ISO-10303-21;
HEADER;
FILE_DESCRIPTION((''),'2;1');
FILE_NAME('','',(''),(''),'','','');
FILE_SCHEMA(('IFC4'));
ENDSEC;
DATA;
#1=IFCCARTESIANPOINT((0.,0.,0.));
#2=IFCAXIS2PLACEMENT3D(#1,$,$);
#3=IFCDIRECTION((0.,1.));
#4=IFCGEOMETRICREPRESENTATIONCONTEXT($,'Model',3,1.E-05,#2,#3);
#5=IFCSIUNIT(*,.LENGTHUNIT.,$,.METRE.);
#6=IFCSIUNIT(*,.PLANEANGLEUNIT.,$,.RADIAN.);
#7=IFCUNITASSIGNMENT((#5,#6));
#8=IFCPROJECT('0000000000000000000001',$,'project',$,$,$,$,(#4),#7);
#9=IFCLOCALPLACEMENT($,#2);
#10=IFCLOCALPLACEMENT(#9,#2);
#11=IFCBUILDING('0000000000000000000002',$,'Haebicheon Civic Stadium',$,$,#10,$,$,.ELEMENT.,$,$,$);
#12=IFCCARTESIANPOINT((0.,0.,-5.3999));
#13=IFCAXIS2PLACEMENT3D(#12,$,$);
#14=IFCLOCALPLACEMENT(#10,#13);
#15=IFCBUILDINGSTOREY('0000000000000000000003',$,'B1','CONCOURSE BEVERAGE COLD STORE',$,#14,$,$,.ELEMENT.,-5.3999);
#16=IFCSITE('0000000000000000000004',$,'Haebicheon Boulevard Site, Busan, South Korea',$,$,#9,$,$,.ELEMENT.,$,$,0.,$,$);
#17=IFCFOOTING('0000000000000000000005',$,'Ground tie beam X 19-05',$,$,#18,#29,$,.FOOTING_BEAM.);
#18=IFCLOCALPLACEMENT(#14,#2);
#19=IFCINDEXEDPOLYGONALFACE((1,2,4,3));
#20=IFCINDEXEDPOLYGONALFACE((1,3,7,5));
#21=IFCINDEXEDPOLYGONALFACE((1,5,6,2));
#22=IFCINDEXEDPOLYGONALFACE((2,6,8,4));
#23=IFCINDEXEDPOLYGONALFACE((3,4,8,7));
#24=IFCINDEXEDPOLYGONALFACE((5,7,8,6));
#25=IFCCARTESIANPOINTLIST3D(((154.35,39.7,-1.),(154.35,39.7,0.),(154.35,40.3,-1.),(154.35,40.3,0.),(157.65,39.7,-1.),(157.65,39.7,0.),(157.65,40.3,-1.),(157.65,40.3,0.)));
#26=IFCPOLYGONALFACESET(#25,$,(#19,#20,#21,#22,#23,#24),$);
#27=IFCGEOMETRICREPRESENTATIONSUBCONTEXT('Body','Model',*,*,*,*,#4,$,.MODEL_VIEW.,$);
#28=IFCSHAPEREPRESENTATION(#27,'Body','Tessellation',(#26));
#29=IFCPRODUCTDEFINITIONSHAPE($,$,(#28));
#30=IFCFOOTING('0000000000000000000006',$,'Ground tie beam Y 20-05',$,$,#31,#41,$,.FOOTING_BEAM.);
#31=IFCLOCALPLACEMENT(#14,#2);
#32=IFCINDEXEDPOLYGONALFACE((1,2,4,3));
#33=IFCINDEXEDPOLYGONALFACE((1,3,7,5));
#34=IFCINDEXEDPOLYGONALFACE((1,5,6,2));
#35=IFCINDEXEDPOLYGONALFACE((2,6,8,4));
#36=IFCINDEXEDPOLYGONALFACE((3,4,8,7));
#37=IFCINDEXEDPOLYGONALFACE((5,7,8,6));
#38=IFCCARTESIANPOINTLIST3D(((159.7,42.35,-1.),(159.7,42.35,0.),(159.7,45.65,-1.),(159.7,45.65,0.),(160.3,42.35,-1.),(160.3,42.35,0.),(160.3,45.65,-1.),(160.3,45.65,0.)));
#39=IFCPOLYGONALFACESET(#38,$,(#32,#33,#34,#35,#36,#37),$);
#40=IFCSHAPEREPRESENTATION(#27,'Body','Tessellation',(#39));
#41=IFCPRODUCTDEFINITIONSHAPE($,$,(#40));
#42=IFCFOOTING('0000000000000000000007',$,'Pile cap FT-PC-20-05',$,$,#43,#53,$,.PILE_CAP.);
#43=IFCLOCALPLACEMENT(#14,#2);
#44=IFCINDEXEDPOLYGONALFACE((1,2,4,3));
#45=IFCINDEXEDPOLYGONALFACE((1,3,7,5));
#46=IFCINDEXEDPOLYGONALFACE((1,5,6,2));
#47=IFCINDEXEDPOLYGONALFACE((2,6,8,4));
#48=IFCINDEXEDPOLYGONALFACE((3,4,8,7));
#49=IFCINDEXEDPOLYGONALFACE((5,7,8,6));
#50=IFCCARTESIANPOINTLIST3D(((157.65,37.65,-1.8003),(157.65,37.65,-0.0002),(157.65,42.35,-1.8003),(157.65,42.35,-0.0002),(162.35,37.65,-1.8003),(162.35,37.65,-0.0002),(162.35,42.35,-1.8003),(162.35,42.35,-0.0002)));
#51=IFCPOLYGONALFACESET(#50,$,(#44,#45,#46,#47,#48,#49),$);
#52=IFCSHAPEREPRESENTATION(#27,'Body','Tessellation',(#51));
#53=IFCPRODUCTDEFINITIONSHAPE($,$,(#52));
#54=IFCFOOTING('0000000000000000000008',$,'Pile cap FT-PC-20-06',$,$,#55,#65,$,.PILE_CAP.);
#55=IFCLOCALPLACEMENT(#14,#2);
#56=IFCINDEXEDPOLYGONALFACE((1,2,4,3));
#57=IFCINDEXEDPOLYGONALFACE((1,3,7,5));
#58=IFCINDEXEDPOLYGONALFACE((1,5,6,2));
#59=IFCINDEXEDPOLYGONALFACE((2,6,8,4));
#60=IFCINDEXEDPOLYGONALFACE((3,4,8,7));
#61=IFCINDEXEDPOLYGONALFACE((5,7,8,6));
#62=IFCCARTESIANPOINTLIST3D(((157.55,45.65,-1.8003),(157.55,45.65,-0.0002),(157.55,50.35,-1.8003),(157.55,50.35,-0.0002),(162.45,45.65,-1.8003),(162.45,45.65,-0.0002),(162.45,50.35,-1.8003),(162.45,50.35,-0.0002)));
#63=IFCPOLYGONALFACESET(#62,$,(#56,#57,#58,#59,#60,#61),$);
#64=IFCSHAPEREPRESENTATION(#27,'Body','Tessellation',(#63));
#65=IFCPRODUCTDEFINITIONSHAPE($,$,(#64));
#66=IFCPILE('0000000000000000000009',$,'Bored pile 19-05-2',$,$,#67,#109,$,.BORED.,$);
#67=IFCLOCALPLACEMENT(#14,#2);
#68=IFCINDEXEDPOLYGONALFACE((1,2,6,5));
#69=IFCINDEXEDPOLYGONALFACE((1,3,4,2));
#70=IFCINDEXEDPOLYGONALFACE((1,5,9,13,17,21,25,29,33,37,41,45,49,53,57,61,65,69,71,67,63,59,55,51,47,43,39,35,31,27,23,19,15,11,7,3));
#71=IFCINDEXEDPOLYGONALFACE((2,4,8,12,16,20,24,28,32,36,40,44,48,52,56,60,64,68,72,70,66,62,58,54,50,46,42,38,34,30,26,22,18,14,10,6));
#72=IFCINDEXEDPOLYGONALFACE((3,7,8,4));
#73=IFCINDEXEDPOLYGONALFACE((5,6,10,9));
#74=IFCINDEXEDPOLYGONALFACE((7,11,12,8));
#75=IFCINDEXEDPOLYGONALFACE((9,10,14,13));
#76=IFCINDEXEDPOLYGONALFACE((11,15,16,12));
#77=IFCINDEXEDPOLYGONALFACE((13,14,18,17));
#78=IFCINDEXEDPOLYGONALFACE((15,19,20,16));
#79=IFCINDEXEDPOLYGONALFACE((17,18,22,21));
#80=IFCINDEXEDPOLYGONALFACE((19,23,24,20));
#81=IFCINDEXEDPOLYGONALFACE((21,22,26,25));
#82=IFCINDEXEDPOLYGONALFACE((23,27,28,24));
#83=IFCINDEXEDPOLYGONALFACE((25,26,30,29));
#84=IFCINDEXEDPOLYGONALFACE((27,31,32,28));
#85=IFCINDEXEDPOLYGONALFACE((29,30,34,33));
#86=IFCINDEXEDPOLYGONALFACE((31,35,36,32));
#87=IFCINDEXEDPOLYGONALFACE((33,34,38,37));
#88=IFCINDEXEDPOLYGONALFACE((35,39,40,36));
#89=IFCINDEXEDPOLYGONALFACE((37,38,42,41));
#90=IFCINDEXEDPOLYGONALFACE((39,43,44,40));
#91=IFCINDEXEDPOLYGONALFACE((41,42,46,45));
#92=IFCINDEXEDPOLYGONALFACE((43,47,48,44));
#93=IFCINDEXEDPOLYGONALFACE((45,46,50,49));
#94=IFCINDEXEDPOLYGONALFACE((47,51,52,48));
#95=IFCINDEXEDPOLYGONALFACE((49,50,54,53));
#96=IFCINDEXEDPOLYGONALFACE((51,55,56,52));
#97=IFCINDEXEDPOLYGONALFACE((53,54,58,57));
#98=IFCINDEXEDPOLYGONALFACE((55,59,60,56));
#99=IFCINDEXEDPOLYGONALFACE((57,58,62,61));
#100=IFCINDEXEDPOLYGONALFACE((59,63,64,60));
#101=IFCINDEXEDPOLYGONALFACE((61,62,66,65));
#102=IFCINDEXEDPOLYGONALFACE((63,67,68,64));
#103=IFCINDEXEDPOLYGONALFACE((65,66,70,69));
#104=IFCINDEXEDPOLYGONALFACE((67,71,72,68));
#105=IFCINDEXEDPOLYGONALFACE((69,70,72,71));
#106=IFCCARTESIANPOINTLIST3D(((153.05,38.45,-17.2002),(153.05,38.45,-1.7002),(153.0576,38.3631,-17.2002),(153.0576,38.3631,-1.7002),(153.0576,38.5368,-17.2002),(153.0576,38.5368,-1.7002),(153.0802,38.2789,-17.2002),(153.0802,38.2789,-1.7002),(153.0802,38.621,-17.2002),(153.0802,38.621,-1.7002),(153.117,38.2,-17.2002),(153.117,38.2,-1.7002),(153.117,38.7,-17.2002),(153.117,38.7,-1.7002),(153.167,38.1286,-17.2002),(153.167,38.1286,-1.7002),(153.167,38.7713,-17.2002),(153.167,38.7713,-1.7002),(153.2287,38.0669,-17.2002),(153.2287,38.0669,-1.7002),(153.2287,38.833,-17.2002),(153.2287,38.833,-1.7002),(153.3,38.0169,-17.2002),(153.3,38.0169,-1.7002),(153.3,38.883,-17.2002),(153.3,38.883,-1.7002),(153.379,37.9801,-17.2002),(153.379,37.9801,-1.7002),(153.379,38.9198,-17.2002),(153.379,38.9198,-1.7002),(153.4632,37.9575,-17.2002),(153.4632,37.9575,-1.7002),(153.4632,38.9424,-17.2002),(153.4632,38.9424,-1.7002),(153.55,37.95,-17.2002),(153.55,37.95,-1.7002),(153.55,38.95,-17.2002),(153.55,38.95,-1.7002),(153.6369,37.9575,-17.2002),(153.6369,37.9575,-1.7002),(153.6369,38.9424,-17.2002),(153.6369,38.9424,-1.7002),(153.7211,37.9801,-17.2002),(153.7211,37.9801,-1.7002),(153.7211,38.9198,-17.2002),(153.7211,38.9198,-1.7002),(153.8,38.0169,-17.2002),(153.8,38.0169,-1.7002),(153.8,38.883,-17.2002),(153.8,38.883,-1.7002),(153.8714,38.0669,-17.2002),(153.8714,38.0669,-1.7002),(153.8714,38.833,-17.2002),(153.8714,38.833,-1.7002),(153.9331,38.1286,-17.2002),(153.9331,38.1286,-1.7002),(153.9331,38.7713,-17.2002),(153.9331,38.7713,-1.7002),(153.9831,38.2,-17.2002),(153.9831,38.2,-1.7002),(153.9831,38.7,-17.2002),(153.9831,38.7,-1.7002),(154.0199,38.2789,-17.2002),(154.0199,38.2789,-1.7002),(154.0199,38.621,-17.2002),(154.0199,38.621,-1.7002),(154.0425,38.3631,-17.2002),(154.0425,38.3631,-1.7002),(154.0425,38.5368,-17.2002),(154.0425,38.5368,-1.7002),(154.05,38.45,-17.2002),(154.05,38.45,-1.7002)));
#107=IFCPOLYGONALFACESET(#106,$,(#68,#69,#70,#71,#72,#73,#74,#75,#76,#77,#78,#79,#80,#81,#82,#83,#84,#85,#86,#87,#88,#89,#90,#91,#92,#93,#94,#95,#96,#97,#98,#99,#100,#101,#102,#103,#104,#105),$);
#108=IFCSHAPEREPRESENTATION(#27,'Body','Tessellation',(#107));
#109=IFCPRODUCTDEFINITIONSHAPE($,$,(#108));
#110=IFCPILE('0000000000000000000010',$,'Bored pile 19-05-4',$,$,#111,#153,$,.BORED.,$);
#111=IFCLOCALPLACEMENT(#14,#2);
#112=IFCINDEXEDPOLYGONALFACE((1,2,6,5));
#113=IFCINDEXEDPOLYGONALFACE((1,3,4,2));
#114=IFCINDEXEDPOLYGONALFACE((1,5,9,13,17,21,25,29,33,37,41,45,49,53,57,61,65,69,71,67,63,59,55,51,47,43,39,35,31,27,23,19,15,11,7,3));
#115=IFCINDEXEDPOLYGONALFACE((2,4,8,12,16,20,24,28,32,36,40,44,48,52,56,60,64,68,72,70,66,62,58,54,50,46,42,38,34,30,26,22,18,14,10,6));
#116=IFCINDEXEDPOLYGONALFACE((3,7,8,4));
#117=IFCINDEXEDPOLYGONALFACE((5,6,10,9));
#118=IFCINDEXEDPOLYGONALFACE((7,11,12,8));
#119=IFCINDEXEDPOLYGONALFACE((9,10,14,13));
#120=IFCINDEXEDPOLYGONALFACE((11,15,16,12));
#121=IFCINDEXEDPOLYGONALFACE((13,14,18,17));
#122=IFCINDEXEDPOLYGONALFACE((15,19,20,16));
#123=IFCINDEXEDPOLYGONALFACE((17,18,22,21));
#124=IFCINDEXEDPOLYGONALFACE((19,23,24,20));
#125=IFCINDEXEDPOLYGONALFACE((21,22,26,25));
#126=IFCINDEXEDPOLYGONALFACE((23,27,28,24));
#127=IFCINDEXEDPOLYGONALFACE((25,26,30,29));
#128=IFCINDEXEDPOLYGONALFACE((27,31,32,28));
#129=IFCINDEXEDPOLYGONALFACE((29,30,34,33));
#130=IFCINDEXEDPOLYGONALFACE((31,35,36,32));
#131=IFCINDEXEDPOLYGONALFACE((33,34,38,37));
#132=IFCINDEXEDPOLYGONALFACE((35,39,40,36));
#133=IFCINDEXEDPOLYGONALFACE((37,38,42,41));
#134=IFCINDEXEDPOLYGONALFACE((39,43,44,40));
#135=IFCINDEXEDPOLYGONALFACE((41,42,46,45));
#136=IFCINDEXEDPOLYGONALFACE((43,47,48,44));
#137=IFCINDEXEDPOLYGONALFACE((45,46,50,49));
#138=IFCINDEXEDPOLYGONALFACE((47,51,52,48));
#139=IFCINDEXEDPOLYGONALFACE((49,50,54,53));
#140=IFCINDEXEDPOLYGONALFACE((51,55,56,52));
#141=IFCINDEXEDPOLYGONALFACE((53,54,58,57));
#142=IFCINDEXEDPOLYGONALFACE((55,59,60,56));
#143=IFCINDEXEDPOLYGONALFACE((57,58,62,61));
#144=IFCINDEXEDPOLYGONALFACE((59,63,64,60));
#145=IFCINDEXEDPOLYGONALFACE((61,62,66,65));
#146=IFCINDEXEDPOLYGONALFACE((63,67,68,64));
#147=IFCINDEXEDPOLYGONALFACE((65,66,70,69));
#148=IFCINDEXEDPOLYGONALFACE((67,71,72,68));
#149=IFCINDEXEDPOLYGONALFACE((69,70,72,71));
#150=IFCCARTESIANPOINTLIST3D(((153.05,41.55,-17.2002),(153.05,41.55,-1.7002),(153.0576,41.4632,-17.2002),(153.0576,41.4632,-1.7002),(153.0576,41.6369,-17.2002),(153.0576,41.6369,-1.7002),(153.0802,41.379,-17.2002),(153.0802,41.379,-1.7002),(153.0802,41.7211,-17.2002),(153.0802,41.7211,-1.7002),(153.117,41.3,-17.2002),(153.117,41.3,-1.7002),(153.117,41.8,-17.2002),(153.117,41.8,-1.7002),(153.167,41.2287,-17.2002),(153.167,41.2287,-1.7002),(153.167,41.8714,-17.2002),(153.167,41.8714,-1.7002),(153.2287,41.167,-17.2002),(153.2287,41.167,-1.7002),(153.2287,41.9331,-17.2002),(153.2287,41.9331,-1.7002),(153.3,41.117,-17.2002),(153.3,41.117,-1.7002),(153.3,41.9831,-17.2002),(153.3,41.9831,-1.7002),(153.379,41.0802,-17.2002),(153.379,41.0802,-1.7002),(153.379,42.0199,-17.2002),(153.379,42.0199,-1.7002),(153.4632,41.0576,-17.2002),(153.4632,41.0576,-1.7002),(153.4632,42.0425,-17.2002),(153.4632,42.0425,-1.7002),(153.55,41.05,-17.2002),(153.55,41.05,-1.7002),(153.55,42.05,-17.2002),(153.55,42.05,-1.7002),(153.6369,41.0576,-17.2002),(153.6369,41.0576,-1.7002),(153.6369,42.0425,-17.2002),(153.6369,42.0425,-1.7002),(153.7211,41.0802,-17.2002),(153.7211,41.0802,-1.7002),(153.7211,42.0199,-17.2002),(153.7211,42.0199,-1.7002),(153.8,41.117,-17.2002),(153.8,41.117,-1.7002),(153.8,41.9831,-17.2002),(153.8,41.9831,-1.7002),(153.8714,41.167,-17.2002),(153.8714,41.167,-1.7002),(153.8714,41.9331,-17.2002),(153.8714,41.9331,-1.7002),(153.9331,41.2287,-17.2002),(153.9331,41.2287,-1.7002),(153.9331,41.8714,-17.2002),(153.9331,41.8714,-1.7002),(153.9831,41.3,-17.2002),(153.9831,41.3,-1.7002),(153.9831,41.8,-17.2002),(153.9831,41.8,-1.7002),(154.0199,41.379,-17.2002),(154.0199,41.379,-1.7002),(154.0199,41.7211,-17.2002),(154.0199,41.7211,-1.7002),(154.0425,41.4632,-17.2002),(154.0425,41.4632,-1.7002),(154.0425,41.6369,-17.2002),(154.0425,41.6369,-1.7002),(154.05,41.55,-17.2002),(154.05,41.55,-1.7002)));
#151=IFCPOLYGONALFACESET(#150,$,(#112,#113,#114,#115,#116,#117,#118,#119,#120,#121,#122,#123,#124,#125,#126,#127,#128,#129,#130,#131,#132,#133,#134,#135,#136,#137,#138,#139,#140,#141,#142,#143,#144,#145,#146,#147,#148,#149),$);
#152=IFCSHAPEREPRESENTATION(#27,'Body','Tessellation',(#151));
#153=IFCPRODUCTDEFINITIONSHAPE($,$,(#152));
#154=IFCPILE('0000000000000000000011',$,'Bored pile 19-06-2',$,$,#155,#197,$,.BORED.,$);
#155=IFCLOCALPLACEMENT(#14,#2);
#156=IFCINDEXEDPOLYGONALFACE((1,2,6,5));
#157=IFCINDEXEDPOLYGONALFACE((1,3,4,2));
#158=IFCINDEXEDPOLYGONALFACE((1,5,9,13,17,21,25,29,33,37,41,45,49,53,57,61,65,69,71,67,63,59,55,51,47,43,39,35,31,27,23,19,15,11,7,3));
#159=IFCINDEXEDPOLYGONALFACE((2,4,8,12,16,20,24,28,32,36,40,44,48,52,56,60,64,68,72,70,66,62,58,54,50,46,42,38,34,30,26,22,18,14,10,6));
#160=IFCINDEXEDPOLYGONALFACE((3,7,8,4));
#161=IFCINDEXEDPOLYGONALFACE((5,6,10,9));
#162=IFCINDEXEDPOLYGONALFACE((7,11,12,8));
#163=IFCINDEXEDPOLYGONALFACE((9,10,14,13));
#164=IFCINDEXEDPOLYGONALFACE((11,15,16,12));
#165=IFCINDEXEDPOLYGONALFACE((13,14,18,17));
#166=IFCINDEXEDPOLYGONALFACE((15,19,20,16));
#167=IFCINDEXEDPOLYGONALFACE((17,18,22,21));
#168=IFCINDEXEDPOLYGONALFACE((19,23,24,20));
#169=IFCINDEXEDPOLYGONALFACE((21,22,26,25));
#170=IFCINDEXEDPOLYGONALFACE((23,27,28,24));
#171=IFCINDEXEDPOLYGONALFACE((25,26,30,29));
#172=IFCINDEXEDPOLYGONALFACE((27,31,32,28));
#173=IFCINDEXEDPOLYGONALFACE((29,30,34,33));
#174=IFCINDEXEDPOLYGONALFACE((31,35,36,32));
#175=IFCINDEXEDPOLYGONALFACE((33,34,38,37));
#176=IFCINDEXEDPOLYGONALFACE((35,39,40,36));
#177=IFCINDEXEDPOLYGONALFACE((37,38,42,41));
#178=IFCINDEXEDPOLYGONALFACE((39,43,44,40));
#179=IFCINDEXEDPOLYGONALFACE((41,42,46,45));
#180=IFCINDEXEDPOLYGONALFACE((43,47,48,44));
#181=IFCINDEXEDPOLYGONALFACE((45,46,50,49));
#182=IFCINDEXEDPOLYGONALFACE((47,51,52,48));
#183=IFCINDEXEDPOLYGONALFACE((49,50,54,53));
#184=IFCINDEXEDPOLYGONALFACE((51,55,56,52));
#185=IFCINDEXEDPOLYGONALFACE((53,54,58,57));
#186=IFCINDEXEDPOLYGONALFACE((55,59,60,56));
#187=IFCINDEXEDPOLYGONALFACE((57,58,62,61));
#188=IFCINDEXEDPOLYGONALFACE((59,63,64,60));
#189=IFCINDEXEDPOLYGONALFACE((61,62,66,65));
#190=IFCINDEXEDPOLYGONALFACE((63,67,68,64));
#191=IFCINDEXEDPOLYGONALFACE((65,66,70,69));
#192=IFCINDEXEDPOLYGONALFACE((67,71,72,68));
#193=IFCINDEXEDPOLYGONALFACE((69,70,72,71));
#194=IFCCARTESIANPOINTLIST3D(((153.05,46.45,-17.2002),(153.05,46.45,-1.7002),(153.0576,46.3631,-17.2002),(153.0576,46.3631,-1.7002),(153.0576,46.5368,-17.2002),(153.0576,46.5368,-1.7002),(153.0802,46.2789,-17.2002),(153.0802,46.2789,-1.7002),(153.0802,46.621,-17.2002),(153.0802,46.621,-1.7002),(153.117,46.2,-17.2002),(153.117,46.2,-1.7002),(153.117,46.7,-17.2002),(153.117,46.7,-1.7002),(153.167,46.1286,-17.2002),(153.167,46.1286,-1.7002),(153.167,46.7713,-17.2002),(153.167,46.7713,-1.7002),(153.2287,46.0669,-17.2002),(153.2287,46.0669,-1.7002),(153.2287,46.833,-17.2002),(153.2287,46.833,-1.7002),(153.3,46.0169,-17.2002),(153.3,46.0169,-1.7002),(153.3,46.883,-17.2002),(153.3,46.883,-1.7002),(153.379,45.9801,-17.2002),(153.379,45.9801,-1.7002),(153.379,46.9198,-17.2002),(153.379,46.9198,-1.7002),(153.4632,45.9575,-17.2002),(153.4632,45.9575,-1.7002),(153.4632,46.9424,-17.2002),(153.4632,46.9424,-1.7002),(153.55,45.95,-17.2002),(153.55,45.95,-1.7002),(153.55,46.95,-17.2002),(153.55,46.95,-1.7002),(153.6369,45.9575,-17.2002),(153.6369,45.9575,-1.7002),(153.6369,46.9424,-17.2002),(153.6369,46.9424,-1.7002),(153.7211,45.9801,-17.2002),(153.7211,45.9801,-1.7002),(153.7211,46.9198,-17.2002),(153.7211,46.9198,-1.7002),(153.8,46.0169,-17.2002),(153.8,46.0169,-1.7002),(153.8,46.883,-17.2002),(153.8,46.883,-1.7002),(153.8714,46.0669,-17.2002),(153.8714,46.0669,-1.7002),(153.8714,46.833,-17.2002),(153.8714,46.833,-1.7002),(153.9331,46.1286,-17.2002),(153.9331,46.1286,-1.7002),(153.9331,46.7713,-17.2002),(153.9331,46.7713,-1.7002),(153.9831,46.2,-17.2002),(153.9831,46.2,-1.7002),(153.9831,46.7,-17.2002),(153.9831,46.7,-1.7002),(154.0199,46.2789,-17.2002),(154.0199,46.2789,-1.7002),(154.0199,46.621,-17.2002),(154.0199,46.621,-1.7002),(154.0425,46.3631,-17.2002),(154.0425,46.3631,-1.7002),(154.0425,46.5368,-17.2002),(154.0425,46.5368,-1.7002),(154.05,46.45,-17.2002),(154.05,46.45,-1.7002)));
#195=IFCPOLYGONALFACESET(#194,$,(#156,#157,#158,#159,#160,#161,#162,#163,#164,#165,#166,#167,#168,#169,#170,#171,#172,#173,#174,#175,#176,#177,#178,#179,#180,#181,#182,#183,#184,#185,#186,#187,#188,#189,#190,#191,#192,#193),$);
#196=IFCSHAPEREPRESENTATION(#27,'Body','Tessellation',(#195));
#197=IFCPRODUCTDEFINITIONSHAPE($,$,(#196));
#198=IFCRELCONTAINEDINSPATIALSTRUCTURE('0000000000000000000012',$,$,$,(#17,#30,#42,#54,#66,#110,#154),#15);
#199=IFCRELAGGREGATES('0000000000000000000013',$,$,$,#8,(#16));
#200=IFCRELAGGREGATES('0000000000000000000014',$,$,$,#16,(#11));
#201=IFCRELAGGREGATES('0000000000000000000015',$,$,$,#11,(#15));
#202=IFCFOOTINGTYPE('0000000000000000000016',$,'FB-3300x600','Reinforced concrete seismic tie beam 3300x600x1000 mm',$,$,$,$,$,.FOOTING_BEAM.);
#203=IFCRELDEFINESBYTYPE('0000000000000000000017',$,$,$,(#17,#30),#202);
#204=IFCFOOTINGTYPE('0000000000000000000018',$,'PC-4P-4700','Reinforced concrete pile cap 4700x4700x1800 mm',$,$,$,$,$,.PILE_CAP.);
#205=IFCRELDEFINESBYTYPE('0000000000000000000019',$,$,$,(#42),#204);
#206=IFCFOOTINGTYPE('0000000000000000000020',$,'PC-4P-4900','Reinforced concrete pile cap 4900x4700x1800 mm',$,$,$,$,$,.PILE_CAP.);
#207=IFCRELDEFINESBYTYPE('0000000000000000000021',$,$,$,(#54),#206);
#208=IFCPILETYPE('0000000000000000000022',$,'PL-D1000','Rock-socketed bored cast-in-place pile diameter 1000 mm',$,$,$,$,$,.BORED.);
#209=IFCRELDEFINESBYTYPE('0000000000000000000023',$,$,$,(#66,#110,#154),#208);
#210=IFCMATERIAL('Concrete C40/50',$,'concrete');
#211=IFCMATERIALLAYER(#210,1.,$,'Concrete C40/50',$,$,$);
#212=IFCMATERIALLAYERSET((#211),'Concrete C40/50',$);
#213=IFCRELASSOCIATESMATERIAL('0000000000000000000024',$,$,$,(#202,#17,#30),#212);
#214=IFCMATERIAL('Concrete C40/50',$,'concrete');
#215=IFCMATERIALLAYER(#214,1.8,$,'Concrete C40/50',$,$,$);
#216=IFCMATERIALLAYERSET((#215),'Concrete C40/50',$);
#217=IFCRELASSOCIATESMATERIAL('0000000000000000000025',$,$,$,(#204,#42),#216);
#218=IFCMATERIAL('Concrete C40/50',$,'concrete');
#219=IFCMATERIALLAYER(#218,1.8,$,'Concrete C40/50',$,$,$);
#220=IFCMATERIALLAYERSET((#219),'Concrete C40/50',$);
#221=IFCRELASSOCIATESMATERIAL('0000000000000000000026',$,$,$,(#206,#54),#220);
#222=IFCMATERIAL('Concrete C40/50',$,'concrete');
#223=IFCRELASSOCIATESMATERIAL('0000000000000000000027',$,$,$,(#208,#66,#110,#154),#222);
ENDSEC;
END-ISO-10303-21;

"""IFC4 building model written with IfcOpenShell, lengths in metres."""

from ifc_helpers import new_model, si_unit, direction, frame, origin, origin_2d, place, context, subcontext, project, spatial, rectangle, circle, extrude, material, layer, layer_set, material_profile, profile_set, type_object, element, save


model = new_model("IFC4")

# Units and contexts
model_context = context("Model", 3, precision=1e-05, world=origin(), true_north=direction((0.0, 1.0)))
body_context = subcontext(model_context, "Body", "Model", "MODEL_VIEW")
ifc_project = project(units=[si_unit("LENGTHUNIT", "METRE"), si_unit("PLANEANGLEUNIT", "RADIAN")], contexts=[model_context])

# Site, building, storey
site_placement = place(None, origin())
site = spatial("IfcSite", under=ifc_project, at=site_placement, Name="Haebicheon Boulevard Site, Busan, South Korea", CompositionType="ELEMENT", RefElevation=0.0)
building_placement = place(site_placement, origin())
building = spatial("IfcBuilding", under=site, at=building_placement, Name="Haebicheon Civic Stadium", CompositionType="ELEMENT")
storey_placement = place(building_placement, frame((0.0, 0.0, -5.3999)))
storey = spatial("IfcBuildingStorey", under=building, at=storey_placement, Name="B1", Description="CONCOURSE BEVERAGE COLD STORE", CompositionType="ELEMENT", Elevation=-5.3999)

# Footings
ifc_material_1 = material(Name="Concrete C40/50", Category="concrete")
ifc_layer_1 = layer(ifc_material_1, 1.0, Name="Concrete C40/50")
ifc_layer_set_1 = layer_set([ifc_layer_1], Name="Concrete C40/50")
footing_type_1 = type_object("IfcFootingType", Name="FB-3300x600", Description="Reinforced concrete seismic tie beam 3300x600x1000 mm", PredefinedType="FOOTING_BEAM", material=ifc_layer_set_1)
for number, where, z_axis, x_axis, name in (
    (1, (156.0, 40.0, -1.0), (0.0, 0.0, 1.0), (1.0, 0.0, 0.0), "Ground tie beam X 19-05"),
    (2, (160.0, 44.0, -1.0), (0.0, 0.0, 1.0), (0.0, 1.0, 0.0), "Ground tie beam Y 20-05"),
):
    element("IfcFooting", number, at=place(storey_placement, frame(where, z_axis=z_axis, x_axis=x_axis)), inside=storey, type_object=footing_type_1, material=ifc_layer_set_1, Name=name, PredefinedType="FOOTING_BEAM", context=body_context, shape_type="SweptSolid", body=[
        extrude(rectangle(XDim=3.3, YDim=0.6001, at=origin_2d()), origin(), (0.0, 0.0, 1.0), 1.0),
    ])
ifc_material_2 = material(Name="Concrete C40/50", Category="concrete")
ifc_layer_2 = layer(ifc_material_2, 1.8, Name="Concrete C40/50")
ifc_layer_set_2 = layer_set([ifc_layer_2], Name="Concrete C40/50")
footing_type_2 = type_object("IfcFootingType", Name="PC-4P-4700", Description="Reinforced concrete pile cap 4700x4700x1800 mm", PredefinedType="PILE_CAP", material=ifc_layer_set_2)
footing_1_placement = place(storey_placement, frame((160.0, 40.0, -1.8003), z_axis=(0.0, 0.0, 1.0), x_axis=(1.0, 0.0, 0.0)))
element("IfcFooting", 3, at=footing_1_placement, inside=storey, type_object=footing_type_2, material=ifc_layer_set_2, Name="Pile cap FT-PC-20-05", PredefinedType="PILE_CAP", context=body_context, shape_type="SweptSolid", body=[
    extrude(rectangle(XDim=4.7, YDim=4.7, at=origin_2d()), origin(), (0.0, 0.0, 1.0), 1.8),
])
ifc_material_3 = material(Name="Concrete C40/50", Category="concrete")
ifc_layer_3 = layer(ifc_material_3, 1.8, Name="Concrete C40/50")
ifc_layer_set_3 = layer_set([ifc_layer_3], Name="Concrete C40/50")
footing_type_3 = type_object("IfcFootingType", Name="PC-4P-4900", Description="Reinforced concrete pile cap 4900x4700x1800 mm", PredefinedType="PILE_CAP", material=ifc_layer_set_3)
footing_2_placement = place(storey_placement, frame((160.0, 48.0, -1.8003), z_axis=(0.0, 0.0, 1.0), x_axis=(1.0, 0.0, 0.0)))
element("IfcFooting", 4, at=footing_2_placement, inside=storey, type_object=footing_type_3, material=ifc_layer_set_3, Name="Pile cap FT-PC-20-06", PredefinedType="PILE_CAP", context=body_context, shape_type="SweptSolid", body=[
    extrude(rectangle(XDim=4.8999, YDim=4.7, at=origin_2d()), origin(), (0.0, 0.0, 1.0), 1.8),
])

# Piles
ifc_material_4 = material(Name="Concrete C40/50", Category="concrete")
ifc_material_profile_1 = material_profile(ifc_material_4, circle(Radius=0.5, at=origin_2d()), Name="PILE-D1000")
ifc_profile_set_1 = profile_set([ifc_material_profile_1], Name="Concrete C40/50")
pile_type = type_object("IfcPileType", Name="PL-D1000", Description="Rock-socketed bored cast-in-place pile diameter 1000 mm", PredefinedType="BORED", material=ifc_profile_set_1)
for number, where, z_axis, x_axis, name in (
    (5, (153.55, 38.45, -1.7002), (0.0, 0.0, -1.0), (1.0, 0.0, 0.0), "Bored pile 19-05-2"),
    (6, (153.55, 41.55, -1.7002), (0.0, 0.0, -1.0), (1.0, 0.0, 0.0), "Bored pile 19-05-4"),
    (7, (153.55, 46.45, -1.7002), (0.0, 0.0, -1.0), (1.0, 0.0, 0.0), "Bored pile 19-06-2"),
):
    element("IfcPile", number, at=place(storey_placement, frame(where, z_axis=z_axis, x_axis=x_axis)), inside=storey, type_object=pile_type, material=ifc_profile_set_1, Name=name, PredefinedType="BORED", context=body_context, shape_type="SweptSolid", body=[
        extrude(circle(Radius=0.5, at=origin_2d()), origin(), (0.0, 0.0, 1.0), 15.5),
    ])

save(model, "model.ifc")
